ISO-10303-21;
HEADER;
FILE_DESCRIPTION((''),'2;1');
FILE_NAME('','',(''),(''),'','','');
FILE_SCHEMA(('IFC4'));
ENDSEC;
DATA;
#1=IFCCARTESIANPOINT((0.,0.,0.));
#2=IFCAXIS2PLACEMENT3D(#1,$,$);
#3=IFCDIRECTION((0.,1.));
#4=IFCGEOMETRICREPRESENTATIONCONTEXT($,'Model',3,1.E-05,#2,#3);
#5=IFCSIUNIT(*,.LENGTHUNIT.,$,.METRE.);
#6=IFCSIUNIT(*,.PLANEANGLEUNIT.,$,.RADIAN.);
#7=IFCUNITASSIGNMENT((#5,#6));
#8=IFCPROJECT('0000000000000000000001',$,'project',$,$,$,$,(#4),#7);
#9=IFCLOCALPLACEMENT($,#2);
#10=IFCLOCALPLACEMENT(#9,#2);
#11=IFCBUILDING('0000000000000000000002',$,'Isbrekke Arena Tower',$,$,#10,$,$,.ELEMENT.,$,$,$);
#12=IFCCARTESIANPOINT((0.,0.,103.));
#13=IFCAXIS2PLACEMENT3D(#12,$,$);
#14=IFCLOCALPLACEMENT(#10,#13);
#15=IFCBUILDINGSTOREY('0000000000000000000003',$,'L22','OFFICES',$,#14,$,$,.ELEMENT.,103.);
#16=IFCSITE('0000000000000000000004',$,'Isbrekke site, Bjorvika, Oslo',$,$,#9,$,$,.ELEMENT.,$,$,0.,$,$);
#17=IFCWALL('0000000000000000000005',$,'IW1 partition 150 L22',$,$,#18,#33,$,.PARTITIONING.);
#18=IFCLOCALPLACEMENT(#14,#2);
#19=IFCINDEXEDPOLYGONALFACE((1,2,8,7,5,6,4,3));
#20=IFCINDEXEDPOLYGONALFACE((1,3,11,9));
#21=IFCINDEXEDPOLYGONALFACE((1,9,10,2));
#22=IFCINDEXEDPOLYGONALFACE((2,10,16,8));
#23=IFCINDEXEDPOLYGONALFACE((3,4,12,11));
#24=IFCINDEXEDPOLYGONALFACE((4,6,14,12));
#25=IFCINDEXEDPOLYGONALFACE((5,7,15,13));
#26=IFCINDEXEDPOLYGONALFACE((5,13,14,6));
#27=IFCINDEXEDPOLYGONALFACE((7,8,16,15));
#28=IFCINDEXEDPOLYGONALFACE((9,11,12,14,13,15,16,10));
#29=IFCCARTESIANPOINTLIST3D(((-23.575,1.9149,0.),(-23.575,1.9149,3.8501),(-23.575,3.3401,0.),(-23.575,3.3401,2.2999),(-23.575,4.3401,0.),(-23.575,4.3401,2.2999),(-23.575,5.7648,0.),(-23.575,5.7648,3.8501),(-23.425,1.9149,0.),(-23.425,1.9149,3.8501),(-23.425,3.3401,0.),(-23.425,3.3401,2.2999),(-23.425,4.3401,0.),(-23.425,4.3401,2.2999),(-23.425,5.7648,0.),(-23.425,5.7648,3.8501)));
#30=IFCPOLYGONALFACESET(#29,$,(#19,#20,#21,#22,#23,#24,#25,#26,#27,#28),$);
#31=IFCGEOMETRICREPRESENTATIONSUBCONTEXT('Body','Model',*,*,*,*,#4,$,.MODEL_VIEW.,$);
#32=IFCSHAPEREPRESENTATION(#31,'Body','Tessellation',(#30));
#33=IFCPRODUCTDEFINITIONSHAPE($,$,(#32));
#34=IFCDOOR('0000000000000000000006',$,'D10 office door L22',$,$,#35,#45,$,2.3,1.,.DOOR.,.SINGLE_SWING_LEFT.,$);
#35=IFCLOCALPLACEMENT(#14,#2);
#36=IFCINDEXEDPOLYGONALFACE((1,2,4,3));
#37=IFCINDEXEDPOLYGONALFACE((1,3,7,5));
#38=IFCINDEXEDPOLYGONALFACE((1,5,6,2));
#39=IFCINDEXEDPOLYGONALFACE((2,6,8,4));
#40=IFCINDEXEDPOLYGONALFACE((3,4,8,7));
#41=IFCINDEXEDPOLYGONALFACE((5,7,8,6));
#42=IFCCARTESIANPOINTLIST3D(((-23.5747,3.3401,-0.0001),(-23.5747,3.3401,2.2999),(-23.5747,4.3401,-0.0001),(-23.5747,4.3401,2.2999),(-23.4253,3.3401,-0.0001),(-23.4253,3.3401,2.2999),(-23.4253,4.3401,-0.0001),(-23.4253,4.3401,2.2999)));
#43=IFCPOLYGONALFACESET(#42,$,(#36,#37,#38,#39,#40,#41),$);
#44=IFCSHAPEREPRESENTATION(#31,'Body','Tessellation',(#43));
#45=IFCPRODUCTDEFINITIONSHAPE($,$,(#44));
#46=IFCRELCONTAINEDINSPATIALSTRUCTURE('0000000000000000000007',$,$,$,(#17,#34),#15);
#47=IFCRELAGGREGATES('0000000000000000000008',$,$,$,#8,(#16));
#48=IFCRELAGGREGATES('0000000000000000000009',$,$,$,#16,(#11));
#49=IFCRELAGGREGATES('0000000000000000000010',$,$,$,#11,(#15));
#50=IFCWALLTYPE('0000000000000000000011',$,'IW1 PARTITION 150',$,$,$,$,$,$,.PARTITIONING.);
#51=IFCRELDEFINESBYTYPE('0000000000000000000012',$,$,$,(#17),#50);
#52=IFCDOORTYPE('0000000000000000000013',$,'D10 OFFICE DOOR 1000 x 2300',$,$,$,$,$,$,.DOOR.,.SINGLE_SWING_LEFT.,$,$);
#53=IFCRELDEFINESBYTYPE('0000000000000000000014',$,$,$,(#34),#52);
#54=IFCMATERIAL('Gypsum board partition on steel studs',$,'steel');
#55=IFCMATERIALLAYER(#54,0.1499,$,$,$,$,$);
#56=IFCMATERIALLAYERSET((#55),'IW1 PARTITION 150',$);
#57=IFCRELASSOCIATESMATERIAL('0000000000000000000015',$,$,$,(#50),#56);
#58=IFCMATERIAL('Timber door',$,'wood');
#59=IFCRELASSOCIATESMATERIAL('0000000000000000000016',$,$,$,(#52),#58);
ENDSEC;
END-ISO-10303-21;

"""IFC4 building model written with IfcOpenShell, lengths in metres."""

from ifc_helpers import new_model, si_unit, direction, frame, frame_2d, origin, place, context, subcontext, project, spatial, rectangle, extrude, material, layer, layer_set, type_object, element, fill, save


model = new_model("IFC4")

# Units and contexts
model_context = context("Model", 3, precision=1e-05, world=origin(), true_north=direction((0.0, 1.0)))
body_context = subcontext(model_context, "Body", "Model", "MODEL_VIEW")
ifc_project = project(units=[si_unit("LENGTHUNIT", "METRE"), si_unit("PLANEANGLEUNIT", "RADIAN")], contexts=[model_context])

# Site, building, storey
site_placement = place(None, origin())
site = spatial("IfcSite", under=ifc_project, at=site_placement, Name="Isbrekke site, Bjorvika, Oslo", CompositionType="ELEMENT", RefElevation=0.0)
building_placement = place(site_placement, origin())
building = spatial("IfcBuilding", under=site, at=building_placement, Name="Isbrekke Arena Tower", CompositionType="ELEMENT")
storey_placement = place(building_placement, frame((0.0, 0.0, 103.0)))
storey = spatial("IfcBuildingStorey", under=building, at=storey_placement, Name="L22", Description="OFFICES", CompositionType="ELEMENT", Elevation=103.0)

# Shared definitions
ifc_material_1 = material(Name="Gypsum board partition on steel studs", Category="steel")
ifc_layer_1 = layer(ifc_material_1, 0.1499)
ifc_layer_set_1 = layer_set([ifc_layer_1], Name="IW1 PARTITION 150")
wall_type = type_object("IfcWallType", Name="IW1 PARTITION 150", PredefinedType="PARTITIONING", material=ifc_layer_set_1)

# Wall, opening, door
ifc_material_2 = material(Name="Timber door", Category="wood")
door_type = type_object("IfcDoorType", Name="D10 OFFICE DOOR 1000 x 2300", OperationType="SINGLE_SWING_LEFT", PredefinedType="DOOR", material=ifc_material_2)
wall_1_placement = place(storey_placement, frame((-23.5, 1.915, 0.0), z_axis=(0.0, 0.0, 1.0), x_axis=(0.0, 1.0, 0.0)))
wall_1 = element("IfcWall", 1, at=wall_1_placement, inside=storey, type_object=wall_type, Name="IW1 partition 150 L22", PredefinedType="PARTITIONING", context=body_context, shape_type="SweptSolid", body=[
    extrude(rectangle(XDim=3.8499, YDim=0.1499, at=frame_2d((1.9248, 0.0))), origin(), (0.0, 0.0, 1.0), 3.8501),
])
opening_1_placement = place(wall_1_placement, frame((1.425, 0.0, 0.0)))
opening_1 = element("IfcOpeningElement", 2, at=opening_1_placement, cuts=wall_1, PredefinedType="OPENING", context=body_context, shape_type="SweptSolid", body=[
    extrude(rectangle(XDim=1.0, YDim=2.3, at=frame_2d((0.5, 1.1499))), frame((0.0, 0.0898, 0.0), z_axis=(0.0, -1.0, 0.0), x_axis=(1.0, 0.0, 0.0)), (0.0, 0.0, 1.0), 0.1797),
])
door_1_placement = place(opening_1_placement, origin())
door_1 = element("IfcDoor", 3, at=door_1_placement, inside=storey, type_object=door_type, Name="D10 office door L22", OperationType="SINGLE_SWING_LEFT", OverallHeight=2.3, OverallWidth=1.0, PredefinedType="DOOR", context=body_context, shape_type="SweptSolid", body=[
    extrude(rectangle(XDim=1.0, YDim=2.3, at=frame_2d((0.5, 1.1499))), frame((0.0, 0.0747, 0.0), z_axis=(0.0, -1.0, 0.0), x_axis=(1.0, 0.0, 0.0)), (0.0, 0.0, 1.0), 0.1494),
])
fill(opening_1, door_1)

save(model, "model.ifc")
